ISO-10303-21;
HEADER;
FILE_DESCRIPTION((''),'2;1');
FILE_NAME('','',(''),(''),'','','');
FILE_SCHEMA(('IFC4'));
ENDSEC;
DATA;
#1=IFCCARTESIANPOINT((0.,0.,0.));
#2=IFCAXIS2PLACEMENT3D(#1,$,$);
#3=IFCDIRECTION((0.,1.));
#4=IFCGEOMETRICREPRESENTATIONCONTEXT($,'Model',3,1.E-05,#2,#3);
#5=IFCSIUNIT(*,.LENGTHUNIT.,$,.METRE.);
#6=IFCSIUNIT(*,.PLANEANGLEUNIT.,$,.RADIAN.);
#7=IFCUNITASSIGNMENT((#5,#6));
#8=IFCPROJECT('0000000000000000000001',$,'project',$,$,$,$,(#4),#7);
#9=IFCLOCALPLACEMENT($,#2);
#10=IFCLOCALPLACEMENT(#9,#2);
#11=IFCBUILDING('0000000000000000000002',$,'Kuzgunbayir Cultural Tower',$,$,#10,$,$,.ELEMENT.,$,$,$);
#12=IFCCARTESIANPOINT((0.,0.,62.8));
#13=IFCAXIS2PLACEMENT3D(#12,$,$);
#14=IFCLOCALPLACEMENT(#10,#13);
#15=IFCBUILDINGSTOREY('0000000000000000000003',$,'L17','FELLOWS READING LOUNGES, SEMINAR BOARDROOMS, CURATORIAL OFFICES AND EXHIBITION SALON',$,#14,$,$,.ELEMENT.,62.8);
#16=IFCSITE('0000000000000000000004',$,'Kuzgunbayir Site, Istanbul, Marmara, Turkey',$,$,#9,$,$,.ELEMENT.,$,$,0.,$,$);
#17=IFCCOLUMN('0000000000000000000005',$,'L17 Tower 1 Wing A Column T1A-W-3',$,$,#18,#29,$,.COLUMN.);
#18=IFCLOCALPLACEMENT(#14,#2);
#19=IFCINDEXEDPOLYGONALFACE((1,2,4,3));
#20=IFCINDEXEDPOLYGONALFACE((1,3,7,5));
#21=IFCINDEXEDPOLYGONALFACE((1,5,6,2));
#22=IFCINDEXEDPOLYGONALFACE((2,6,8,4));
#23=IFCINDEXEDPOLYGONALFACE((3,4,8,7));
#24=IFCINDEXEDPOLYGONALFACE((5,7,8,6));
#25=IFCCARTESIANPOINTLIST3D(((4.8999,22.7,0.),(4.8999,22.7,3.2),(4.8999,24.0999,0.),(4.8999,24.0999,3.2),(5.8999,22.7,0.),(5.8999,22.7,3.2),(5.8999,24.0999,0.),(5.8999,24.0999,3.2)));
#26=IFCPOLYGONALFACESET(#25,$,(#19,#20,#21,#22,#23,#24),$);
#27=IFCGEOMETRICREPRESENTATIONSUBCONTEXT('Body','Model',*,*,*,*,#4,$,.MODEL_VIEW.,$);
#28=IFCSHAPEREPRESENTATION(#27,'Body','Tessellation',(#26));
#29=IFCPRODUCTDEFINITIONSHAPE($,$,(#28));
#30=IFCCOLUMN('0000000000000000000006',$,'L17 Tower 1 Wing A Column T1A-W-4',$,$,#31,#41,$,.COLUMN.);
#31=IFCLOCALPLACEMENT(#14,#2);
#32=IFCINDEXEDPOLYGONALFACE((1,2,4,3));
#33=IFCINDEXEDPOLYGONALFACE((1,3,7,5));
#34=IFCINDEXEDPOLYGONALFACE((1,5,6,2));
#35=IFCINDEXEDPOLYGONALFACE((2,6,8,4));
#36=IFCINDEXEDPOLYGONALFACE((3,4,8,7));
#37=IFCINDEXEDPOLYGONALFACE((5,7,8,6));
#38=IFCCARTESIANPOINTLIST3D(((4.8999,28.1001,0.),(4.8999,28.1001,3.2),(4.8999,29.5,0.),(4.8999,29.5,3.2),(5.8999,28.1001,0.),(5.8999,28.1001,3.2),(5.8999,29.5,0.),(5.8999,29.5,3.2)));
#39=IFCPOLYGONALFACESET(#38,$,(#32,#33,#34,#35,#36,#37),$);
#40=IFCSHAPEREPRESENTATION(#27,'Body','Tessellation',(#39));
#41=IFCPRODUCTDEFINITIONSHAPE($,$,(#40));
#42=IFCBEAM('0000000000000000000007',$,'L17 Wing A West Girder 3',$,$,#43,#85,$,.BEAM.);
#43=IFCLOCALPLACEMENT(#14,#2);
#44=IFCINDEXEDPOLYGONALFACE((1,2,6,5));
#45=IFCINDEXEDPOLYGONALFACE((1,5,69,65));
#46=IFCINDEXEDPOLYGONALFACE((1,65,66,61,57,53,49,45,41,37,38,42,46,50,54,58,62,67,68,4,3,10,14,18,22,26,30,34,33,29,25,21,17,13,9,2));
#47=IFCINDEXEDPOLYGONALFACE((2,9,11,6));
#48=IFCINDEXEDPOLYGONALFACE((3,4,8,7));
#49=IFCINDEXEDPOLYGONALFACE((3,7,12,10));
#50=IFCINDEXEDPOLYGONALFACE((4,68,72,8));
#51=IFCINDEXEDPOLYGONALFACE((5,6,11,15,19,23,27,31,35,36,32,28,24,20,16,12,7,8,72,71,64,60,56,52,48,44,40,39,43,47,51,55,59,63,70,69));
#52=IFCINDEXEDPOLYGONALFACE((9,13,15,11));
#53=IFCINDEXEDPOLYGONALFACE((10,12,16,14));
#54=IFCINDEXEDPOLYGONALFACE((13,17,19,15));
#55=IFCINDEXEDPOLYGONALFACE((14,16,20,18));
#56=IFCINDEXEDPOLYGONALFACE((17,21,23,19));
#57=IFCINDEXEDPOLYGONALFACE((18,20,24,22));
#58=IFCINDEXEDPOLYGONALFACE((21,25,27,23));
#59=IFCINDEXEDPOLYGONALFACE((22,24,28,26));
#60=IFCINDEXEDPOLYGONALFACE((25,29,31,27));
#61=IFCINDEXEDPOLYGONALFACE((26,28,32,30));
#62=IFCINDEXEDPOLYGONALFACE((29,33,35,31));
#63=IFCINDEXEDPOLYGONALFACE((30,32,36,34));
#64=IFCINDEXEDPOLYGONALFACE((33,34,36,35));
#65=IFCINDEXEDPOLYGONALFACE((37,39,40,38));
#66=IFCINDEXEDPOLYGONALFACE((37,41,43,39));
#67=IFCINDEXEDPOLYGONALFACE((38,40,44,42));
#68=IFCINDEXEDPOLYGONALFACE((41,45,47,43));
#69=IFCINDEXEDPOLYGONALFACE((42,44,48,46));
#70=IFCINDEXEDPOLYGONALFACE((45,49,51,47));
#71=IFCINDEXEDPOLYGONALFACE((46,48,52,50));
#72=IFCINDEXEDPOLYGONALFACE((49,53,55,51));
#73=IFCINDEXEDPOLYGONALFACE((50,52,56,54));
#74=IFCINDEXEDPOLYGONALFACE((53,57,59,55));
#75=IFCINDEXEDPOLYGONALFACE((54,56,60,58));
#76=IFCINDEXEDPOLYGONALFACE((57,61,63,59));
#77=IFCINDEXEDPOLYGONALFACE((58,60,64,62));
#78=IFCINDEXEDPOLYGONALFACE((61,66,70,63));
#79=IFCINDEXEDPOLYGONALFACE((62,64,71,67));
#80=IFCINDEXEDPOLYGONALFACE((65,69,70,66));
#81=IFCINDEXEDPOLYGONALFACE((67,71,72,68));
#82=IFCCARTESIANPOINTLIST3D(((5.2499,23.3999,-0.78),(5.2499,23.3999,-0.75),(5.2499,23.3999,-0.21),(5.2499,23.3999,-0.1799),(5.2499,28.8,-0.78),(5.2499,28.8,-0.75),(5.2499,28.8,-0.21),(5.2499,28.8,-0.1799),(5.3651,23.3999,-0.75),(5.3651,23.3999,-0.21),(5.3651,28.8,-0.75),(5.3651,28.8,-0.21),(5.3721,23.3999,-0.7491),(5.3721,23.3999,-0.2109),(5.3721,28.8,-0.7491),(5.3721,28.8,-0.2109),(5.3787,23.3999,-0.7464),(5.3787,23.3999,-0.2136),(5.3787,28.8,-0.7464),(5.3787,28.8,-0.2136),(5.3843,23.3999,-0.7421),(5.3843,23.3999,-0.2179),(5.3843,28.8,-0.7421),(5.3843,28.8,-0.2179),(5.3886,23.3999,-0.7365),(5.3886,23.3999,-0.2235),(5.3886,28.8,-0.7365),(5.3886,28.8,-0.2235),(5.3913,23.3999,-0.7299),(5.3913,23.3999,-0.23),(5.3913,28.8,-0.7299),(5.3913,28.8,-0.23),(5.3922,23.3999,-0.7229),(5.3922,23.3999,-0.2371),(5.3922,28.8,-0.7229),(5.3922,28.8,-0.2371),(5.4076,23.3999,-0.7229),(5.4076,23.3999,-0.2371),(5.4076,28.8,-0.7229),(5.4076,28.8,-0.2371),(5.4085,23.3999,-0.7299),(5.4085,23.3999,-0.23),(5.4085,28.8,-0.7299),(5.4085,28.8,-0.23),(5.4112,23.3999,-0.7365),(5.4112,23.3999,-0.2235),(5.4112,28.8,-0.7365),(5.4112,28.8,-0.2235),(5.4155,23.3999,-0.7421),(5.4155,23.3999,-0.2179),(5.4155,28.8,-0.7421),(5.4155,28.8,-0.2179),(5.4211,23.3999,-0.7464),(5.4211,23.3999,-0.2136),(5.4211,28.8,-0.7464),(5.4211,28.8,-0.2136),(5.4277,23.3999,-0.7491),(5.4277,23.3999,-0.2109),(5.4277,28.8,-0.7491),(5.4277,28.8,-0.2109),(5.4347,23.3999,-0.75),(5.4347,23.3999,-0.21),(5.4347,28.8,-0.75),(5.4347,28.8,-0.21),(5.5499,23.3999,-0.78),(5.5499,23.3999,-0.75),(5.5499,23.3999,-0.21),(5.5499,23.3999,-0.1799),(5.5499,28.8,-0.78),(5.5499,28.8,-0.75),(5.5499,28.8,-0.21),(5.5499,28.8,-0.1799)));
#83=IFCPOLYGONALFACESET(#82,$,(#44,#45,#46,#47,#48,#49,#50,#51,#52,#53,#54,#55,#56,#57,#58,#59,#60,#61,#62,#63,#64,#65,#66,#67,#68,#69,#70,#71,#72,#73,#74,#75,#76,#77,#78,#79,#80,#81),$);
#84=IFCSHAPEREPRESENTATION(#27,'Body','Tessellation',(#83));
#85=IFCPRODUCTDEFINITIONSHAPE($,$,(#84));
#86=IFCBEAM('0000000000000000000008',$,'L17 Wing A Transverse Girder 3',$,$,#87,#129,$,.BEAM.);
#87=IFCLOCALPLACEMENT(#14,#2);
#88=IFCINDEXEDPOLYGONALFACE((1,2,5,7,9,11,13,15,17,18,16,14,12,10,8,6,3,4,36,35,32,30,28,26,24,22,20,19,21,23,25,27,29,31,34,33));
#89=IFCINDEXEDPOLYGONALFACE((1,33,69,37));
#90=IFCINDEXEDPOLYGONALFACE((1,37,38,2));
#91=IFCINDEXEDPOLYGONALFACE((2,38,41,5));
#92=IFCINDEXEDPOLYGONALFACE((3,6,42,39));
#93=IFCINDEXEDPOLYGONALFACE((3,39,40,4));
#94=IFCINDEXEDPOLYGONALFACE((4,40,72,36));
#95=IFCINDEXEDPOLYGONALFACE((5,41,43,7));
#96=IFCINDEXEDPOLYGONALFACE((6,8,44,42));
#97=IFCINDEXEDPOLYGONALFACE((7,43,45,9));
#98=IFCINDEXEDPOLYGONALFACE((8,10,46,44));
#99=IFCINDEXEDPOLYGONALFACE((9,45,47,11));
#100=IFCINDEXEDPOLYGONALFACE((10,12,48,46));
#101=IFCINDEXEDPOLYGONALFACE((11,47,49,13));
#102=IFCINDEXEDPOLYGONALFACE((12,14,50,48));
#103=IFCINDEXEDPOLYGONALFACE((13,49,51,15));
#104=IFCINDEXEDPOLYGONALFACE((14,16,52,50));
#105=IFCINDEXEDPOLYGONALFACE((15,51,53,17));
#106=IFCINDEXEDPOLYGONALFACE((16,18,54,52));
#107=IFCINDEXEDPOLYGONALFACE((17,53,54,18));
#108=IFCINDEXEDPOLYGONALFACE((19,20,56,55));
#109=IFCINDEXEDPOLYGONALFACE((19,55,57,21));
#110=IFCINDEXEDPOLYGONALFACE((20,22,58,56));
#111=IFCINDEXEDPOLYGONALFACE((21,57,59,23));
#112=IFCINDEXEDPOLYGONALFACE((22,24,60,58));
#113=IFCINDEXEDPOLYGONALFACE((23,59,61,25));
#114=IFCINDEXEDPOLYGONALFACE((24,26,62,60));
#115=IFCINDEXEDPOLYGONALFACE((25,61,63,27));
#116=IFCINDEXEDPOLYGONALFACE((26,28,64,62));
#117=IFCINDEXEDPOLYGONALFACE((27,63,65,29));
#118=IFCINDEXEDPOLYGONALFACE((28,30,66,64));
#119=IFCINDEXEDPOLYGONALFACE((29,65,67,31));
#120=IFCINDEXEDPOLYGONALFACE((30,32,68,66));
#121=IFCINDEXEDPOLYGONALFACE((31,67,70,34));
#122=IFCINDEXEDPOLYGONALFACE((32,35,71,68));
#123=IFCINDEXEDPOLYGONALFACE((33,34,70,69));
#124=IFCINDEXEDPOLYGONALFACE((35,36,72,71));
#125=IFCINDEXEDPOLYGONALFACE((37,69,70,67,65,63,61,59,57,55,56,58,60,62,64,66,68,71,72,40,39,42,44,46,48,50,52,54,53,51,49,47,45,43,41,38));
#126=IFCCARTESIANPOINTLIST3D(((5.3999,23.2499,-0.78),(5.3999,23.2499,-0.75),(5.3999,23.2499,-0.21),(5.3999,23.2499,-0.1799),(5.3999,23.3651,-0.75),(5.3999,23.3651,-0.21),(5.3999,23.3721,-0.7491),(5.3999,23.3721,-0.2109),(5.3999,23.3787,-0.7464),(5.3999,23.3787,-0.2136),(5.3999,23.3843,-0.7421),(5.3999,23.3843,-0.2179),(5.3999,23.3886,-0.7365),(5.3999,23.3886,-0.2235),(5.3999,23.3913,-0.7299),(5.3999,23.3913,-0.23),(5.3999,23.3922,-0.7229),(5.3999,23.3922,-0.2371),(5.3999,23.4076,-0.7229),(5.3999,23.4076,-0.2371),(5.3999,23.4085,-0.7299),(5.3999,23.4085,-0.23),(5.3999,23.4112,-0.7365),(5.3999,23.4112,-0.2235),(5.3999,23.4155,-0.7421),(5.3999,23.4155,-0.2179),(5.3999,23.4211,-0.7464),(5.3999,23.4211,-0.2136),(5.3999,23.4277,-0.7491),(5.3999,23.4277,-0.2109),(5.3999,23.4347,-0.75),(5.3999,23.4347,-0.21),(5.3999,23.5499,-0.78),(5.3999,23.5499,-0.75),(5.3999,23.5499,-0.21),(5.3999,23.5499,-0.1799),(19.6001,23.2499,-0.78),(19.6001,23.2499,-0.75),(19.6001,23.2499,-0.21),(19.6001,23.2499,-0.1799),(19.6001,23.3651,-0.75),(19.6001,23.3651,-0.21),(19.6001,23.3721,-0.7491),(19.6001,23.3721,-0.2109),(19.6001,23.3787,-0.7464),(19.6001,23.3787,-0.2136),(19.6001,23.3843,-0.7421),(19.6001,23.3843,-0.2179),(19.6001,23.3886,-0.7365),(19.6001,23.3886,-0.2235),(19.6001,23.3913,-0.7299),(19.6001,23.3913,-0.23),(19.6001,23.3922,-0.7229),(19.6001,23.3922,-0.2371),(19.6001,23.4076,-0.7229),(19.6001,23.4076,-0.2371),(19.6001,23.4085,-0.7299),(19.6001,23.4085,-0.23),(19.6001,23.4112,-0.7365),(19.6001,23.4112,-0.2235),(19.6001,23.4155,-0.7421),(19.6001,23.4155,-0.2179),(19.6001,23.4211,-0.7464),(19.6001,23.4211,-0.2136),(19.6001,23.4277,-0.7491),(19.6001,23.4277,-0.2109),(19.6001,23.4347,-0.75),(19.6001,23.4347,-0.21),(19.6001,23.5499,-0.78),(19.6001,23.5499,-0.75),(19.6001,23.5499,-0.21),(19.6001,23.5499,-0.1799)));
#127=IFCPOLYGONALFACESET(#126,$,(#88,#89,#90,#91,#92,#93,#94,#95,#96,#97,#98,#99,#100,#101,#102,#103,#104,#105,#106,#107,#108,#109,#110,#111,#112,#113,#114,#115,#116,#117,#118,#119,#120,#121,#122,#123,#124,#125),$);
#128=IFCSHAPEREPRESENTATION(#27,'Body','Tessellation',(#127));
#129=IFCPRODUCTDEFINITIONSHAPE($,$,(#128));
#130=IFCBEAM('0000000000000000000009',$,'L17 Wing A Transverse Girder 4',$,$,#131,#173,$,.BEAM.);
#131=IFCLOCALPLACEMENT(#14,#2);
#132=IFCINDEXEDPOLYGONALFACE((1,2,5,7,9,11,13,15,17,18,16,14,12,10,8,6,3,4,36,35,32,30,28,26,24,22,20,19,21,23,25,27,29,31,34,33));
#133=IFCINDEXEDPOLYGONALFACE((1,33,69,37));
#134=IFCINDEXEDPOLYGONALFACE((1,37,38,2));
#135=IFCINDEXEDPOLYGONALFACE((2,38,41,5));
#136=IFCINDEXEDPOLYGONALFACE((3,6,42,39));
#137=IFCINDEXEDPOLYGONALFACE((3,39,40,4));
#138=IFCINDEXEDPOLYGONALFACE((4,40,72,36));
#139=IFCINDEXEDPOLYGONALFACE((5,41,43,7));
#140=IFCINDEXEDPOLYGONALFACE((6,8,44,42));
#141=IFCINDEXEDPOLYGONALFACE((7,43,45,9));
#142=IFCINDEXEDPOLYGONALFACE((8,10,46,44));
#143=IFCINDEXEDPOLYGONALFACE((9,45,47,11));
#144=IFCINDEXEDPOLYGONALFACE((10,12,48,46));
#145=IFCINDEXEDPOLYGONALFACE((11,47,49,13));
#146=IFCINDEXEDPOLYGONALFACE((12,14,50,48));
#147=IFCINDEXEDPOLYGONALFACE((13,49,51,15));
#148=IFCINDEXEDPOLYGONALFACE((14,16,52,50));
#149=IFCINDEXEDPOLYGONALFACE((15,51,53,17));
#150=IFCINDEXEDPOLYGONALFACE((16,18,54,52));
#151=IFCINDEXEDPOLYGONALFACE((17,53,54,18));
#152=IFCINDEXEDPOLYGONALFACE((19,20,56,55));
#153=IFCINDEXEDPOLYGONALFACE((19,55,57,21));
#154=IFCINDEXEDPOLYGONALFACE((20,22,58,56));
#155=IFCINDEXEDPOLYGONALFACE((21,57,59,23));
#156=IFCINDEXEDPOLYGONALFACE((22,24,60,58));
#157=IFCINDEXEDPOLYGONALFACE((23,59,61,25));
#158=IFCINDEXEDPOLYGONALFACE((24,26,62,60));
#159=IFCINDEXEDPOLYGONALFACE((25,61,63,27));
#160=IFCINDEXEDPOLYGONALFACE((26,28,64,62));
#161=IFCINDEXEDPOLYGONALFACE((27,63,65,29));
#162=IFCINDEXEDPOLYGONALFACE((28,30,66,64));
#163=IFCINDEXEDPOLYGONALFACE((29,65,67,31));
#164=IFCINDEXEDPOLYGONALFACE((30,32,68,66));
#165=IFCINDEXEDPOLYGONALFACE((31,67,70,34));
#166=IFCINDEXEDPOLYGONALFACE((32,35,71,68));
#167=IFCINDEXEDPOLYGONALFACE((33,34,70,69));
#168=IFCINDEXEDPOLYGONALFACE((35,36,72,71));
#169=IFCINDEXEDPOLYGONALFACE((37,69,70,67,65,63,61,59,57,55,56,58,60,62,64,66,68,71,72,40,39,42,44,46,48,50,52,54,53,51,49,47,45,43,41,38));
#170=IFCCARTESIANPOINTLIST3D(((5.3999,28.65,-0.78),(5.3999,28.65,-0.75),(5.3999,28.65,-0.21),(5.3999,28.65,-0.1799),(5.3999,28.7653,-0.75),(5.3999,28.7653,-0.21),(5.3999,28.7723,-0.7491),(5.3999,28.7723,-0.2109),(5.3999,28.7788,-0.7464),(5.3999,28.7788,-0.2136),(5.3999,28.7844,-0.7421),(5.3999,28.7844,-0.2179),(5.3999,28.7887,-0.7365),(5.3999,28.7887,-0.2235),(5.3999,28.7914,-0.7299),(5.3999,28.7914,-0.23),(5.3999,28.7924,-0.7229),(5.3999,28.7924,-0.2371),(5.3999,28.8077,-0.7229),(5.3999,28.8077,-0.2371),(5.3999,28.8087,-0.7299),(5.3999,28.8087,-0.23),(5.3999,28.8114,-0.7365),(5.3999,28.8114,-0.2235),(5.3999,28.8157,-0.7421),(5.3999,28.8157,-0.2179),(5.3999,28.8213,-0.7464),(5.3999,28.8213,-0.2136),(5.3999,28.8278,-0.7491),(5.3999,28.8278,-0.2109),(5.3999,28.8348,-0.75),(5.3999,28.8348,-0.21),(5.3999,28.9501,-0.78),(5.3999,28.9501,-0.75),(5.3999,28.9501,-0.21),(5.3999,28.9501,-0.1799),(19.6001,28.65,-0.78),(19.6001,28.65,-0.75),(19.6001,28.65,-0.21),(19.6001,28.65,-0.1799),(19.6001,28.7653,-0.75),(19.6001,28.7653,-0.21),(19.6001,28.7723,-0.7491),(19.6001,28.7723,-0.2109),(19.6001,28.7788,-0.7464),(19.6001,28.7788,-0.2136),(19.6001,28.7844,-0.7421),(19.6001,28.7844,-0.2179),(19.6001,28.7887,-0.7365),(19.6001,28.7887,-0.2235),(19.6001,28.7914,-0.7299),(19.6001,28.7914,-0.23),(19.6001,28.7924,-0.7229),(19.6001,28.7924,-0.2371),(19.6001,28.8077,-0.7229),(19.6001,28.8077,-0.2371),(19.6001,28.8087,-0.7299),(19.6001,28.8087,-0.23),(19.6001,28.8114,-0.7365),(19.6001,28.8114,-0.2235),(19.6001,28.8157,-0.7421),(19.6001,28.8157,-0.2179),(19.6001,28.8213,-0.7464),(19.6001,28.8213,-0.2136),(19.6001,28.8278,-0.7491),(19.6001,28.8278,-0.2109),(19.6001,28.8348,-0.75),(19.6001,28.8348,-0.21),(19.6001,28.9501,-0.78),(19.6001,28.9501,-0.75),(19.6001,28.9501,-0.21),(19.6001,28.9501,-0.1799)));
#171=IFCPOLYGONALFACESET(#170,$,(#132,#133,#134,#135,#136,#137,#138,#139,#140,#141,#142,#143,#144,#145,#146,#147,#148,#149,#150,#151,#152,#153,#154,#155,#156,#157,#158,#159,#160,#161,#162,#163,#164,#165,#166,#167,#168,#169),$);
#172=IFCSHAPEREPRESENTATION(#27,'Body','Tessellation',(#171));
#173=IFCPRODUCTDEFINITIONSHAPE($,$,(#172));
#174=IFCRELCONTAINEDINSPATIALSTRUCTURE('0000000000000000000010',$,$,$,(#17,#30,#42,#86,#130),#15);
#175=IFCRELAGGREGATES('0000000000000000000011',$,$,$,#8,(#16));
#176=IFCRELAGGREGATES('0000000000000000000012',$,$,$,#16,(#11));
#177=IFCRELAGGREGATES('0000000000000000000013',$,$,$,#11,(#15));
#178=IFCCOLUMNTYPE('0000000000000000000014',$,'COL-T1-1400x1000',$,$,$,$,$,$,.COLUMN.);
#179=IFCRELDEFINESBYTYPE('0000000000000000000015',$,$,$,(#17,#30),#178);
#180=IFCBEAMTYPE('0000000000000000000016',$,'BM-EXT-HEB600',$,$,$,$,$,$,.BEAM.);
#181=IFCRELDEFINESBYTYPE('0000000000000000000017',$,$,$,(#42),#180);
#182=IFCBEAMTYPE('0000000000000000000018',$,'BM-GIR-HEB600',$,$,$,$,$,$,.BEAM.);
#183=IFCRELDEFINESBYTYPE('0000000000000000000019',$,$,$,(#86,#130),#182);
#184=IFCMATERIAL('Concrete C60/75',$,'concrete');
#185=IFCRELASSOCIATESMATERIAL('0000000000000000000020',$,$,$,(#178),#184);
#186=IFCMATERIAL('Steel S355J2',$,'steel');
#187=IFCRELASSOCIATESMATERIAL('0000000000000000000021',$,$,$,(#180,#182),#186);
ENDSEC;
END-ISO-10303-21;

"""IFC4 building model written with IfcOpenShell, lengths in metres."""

from ifc_helpers import new_model, si_unit, direction, frame, origin, origin_2d, place, context, subcontext, project, spatial, rectangle, i_section, extrude, material, material_profile, profile_set, type_object, element, save


model = new_model("IFC4")

# Units and contexts
model_context = context("Model", 3, precision=1e-05, world=origin(), true_north=direction((0.0, 1.0)))
body_context = subcontext(model_context, "Body", "Model", "MODEL_VIEW")
ifc_project = project(units=[si_unit("LENGTHUNIT", "METRE"), si_unit("PLANEANGLEUNIT", "RADIAN")], contexts=[model_context])

# Site, building, storey
site_placement = place(None, origin())
site = spatial("IfcSite", under=ifc_project, at=site_placement, Name="Kuzgunbayir Site, Istanbul, Marmara, Turkey", CompositionType="ELEMENT", RefElevation=0.0)
building_placement = place(site_placement, origin())
building = spatial("IfcBuilding", under=site, at=building_placement, Name="Kuzgunbayir Cultural Tower", CompositionType="ELEMENT")
storey_placement = place(building_placement, frame((0.0, 0.0, 62.8)))
storey = spatial("IfcBuildingStorey", under=building, at=storey_placement, Name="L17", Description="FELLOWS READING LOUNGES, SEMINAR BOARDROOMS, CURATORIAL OFFICES AND EXHIBITION SALON", CompositionType="ELEMENT", Elevation=62.8)

# Columns
ifc_material_1 = material(Name="Concrete C60/75", Category="concrete")
ifc_material_profile_1 = material_profile(ifc_material_1, rectangle(XDim=1.0, YDim=1.3999, at=origin_2d()), Name="RC 1400x1000")
ifc_profile_set_1 = profile_set([ifc_material_profile_1], Name="Concrete C60/75")
column_type = type_object("IfcColumnType", Name="COL-T1-1400x1000", PredefinedType="COLUMN", material=ifc_profile_set_1)
for number, where, z_axis, x_axis, name in (
    (1, (5.3999, 23.3999, 0.0), (0.0, 0.0, 1.0), (1.0, 0.0, 0.0), "L17 Tower 1 Wing A Column T1A-W-3"),
    (2, (5.3999, 28.8, 0.0), (0.0, 0.0, 1.0), (1.0, 0.0, 0.0), "L17 Tower 1 Wing A Column T1A-W-4"),
):
    element("IfcColumn", number, at=place(storey_placement, frame(where, z_axis=z_axis, x_axis=x_axis)), inside=storey, type_object=column_type, Name=name, PredefinedType="COLUMN", context=body_context, shape_type="SweptSolid", body=[
        extrude(rectangle(XDim=1.0, YDim=1.3999, at=origin_2d()), origin(), (0.0, 0.0, 1.0), 3.2),
    ])

# Beams
ifc_material_2 = material(Name="Steel S355J2", Category="steel")
ifc_material_profile_2 = material_profile(ifc_material_2, i_section(OverallWidth=0.3, OverallDepth=0.6001, WebThickness=0.0154, FlangeThickness=0.03, FilletRadius=0.0271, at=origin_2d()), Name="HEB 600")
ifc_profile_set_2 = profile_set([ifc_material_profile_2], Name="Steel S355J2")
beam_type_1 = type_object("IfcBeamType", Name="BM-EXT-HEB600", PredefinedType="BEAM", material=ifc_profile_set_2)
beam_1_placement = place(storey_placement, frame((5.3999, 23.3999, -0.48), z_axis=(0.0, 1.0, 0.0), x_axis=(-1.0, 0.0, 0.0)))
element("IfcBeam", 3, at=beam_1_placement, inside=storey, type_object=beam_type_1, Name="L17 Wing A West Girder 3", PredefinedType="BEAM", context=body_context, shape_type="SweptSolid", body=[
    extrude(i_section(OverallWidth=0.3, OverallDepth=0.6001, WebThickness=0.0154, FlangeThickness=0.03, FilletRadius=0.0271, at=origin_2d()), origin(), (0.0, 0.0, 1.0), 5.4001),
])
ifc_material_profile_3 = material_profile(ifc_material_2, i_section(OverallWidth=0.3, OverallDepth=0.6001, WebThickness=0.0154, FlangeThickness=0.03, FilletRadius=0.0271, at=origin_2d()), Name="HEB 600")
ifc_profile_set_3 = profile_set([ifc_material_profile_3], Name="Steel S355J2")
beam_type_2 = type_object("IfcBeamType", Name="BM-GIR-HEB600", PredefinedType="BEAM", material=ifc_profile_set_3)
for number, where, z_axis, x_axis, name in (
    (4, (5.3999, 23.3999, -0.48), (1.0, 0.0, 0.0), (0.0, 1.0, 0.0), "L17 Wing A Transverse Girder 3"),
    (5, (5.3999, 28.8, -0.48), (1.0, 0.0, 0.0), (0.0, 1.0, 0.0), "L17 Wing A Transverse Girder 4"),
):
    element("IfcBeam", number, at=place(storey_placement, frame(where, z_axis=z_axis, x_axis=x_axis)), inside=storey, type_object=beam_type_2, Name=name, PredefinedType="BEAM", context=body_context, shape_type="SweptSolid", body=[
        extrude(i_section(OverallWidth=0.3, OverallDepth=0.6001, WebThickness=0.0154, FlangeThickness=0.03, FilletRadius=0.0271, at=origin_2d()), origin(), (0.0, 0.0, 1.0), 14.2002),
    ])

save(model, "model.ifc")
